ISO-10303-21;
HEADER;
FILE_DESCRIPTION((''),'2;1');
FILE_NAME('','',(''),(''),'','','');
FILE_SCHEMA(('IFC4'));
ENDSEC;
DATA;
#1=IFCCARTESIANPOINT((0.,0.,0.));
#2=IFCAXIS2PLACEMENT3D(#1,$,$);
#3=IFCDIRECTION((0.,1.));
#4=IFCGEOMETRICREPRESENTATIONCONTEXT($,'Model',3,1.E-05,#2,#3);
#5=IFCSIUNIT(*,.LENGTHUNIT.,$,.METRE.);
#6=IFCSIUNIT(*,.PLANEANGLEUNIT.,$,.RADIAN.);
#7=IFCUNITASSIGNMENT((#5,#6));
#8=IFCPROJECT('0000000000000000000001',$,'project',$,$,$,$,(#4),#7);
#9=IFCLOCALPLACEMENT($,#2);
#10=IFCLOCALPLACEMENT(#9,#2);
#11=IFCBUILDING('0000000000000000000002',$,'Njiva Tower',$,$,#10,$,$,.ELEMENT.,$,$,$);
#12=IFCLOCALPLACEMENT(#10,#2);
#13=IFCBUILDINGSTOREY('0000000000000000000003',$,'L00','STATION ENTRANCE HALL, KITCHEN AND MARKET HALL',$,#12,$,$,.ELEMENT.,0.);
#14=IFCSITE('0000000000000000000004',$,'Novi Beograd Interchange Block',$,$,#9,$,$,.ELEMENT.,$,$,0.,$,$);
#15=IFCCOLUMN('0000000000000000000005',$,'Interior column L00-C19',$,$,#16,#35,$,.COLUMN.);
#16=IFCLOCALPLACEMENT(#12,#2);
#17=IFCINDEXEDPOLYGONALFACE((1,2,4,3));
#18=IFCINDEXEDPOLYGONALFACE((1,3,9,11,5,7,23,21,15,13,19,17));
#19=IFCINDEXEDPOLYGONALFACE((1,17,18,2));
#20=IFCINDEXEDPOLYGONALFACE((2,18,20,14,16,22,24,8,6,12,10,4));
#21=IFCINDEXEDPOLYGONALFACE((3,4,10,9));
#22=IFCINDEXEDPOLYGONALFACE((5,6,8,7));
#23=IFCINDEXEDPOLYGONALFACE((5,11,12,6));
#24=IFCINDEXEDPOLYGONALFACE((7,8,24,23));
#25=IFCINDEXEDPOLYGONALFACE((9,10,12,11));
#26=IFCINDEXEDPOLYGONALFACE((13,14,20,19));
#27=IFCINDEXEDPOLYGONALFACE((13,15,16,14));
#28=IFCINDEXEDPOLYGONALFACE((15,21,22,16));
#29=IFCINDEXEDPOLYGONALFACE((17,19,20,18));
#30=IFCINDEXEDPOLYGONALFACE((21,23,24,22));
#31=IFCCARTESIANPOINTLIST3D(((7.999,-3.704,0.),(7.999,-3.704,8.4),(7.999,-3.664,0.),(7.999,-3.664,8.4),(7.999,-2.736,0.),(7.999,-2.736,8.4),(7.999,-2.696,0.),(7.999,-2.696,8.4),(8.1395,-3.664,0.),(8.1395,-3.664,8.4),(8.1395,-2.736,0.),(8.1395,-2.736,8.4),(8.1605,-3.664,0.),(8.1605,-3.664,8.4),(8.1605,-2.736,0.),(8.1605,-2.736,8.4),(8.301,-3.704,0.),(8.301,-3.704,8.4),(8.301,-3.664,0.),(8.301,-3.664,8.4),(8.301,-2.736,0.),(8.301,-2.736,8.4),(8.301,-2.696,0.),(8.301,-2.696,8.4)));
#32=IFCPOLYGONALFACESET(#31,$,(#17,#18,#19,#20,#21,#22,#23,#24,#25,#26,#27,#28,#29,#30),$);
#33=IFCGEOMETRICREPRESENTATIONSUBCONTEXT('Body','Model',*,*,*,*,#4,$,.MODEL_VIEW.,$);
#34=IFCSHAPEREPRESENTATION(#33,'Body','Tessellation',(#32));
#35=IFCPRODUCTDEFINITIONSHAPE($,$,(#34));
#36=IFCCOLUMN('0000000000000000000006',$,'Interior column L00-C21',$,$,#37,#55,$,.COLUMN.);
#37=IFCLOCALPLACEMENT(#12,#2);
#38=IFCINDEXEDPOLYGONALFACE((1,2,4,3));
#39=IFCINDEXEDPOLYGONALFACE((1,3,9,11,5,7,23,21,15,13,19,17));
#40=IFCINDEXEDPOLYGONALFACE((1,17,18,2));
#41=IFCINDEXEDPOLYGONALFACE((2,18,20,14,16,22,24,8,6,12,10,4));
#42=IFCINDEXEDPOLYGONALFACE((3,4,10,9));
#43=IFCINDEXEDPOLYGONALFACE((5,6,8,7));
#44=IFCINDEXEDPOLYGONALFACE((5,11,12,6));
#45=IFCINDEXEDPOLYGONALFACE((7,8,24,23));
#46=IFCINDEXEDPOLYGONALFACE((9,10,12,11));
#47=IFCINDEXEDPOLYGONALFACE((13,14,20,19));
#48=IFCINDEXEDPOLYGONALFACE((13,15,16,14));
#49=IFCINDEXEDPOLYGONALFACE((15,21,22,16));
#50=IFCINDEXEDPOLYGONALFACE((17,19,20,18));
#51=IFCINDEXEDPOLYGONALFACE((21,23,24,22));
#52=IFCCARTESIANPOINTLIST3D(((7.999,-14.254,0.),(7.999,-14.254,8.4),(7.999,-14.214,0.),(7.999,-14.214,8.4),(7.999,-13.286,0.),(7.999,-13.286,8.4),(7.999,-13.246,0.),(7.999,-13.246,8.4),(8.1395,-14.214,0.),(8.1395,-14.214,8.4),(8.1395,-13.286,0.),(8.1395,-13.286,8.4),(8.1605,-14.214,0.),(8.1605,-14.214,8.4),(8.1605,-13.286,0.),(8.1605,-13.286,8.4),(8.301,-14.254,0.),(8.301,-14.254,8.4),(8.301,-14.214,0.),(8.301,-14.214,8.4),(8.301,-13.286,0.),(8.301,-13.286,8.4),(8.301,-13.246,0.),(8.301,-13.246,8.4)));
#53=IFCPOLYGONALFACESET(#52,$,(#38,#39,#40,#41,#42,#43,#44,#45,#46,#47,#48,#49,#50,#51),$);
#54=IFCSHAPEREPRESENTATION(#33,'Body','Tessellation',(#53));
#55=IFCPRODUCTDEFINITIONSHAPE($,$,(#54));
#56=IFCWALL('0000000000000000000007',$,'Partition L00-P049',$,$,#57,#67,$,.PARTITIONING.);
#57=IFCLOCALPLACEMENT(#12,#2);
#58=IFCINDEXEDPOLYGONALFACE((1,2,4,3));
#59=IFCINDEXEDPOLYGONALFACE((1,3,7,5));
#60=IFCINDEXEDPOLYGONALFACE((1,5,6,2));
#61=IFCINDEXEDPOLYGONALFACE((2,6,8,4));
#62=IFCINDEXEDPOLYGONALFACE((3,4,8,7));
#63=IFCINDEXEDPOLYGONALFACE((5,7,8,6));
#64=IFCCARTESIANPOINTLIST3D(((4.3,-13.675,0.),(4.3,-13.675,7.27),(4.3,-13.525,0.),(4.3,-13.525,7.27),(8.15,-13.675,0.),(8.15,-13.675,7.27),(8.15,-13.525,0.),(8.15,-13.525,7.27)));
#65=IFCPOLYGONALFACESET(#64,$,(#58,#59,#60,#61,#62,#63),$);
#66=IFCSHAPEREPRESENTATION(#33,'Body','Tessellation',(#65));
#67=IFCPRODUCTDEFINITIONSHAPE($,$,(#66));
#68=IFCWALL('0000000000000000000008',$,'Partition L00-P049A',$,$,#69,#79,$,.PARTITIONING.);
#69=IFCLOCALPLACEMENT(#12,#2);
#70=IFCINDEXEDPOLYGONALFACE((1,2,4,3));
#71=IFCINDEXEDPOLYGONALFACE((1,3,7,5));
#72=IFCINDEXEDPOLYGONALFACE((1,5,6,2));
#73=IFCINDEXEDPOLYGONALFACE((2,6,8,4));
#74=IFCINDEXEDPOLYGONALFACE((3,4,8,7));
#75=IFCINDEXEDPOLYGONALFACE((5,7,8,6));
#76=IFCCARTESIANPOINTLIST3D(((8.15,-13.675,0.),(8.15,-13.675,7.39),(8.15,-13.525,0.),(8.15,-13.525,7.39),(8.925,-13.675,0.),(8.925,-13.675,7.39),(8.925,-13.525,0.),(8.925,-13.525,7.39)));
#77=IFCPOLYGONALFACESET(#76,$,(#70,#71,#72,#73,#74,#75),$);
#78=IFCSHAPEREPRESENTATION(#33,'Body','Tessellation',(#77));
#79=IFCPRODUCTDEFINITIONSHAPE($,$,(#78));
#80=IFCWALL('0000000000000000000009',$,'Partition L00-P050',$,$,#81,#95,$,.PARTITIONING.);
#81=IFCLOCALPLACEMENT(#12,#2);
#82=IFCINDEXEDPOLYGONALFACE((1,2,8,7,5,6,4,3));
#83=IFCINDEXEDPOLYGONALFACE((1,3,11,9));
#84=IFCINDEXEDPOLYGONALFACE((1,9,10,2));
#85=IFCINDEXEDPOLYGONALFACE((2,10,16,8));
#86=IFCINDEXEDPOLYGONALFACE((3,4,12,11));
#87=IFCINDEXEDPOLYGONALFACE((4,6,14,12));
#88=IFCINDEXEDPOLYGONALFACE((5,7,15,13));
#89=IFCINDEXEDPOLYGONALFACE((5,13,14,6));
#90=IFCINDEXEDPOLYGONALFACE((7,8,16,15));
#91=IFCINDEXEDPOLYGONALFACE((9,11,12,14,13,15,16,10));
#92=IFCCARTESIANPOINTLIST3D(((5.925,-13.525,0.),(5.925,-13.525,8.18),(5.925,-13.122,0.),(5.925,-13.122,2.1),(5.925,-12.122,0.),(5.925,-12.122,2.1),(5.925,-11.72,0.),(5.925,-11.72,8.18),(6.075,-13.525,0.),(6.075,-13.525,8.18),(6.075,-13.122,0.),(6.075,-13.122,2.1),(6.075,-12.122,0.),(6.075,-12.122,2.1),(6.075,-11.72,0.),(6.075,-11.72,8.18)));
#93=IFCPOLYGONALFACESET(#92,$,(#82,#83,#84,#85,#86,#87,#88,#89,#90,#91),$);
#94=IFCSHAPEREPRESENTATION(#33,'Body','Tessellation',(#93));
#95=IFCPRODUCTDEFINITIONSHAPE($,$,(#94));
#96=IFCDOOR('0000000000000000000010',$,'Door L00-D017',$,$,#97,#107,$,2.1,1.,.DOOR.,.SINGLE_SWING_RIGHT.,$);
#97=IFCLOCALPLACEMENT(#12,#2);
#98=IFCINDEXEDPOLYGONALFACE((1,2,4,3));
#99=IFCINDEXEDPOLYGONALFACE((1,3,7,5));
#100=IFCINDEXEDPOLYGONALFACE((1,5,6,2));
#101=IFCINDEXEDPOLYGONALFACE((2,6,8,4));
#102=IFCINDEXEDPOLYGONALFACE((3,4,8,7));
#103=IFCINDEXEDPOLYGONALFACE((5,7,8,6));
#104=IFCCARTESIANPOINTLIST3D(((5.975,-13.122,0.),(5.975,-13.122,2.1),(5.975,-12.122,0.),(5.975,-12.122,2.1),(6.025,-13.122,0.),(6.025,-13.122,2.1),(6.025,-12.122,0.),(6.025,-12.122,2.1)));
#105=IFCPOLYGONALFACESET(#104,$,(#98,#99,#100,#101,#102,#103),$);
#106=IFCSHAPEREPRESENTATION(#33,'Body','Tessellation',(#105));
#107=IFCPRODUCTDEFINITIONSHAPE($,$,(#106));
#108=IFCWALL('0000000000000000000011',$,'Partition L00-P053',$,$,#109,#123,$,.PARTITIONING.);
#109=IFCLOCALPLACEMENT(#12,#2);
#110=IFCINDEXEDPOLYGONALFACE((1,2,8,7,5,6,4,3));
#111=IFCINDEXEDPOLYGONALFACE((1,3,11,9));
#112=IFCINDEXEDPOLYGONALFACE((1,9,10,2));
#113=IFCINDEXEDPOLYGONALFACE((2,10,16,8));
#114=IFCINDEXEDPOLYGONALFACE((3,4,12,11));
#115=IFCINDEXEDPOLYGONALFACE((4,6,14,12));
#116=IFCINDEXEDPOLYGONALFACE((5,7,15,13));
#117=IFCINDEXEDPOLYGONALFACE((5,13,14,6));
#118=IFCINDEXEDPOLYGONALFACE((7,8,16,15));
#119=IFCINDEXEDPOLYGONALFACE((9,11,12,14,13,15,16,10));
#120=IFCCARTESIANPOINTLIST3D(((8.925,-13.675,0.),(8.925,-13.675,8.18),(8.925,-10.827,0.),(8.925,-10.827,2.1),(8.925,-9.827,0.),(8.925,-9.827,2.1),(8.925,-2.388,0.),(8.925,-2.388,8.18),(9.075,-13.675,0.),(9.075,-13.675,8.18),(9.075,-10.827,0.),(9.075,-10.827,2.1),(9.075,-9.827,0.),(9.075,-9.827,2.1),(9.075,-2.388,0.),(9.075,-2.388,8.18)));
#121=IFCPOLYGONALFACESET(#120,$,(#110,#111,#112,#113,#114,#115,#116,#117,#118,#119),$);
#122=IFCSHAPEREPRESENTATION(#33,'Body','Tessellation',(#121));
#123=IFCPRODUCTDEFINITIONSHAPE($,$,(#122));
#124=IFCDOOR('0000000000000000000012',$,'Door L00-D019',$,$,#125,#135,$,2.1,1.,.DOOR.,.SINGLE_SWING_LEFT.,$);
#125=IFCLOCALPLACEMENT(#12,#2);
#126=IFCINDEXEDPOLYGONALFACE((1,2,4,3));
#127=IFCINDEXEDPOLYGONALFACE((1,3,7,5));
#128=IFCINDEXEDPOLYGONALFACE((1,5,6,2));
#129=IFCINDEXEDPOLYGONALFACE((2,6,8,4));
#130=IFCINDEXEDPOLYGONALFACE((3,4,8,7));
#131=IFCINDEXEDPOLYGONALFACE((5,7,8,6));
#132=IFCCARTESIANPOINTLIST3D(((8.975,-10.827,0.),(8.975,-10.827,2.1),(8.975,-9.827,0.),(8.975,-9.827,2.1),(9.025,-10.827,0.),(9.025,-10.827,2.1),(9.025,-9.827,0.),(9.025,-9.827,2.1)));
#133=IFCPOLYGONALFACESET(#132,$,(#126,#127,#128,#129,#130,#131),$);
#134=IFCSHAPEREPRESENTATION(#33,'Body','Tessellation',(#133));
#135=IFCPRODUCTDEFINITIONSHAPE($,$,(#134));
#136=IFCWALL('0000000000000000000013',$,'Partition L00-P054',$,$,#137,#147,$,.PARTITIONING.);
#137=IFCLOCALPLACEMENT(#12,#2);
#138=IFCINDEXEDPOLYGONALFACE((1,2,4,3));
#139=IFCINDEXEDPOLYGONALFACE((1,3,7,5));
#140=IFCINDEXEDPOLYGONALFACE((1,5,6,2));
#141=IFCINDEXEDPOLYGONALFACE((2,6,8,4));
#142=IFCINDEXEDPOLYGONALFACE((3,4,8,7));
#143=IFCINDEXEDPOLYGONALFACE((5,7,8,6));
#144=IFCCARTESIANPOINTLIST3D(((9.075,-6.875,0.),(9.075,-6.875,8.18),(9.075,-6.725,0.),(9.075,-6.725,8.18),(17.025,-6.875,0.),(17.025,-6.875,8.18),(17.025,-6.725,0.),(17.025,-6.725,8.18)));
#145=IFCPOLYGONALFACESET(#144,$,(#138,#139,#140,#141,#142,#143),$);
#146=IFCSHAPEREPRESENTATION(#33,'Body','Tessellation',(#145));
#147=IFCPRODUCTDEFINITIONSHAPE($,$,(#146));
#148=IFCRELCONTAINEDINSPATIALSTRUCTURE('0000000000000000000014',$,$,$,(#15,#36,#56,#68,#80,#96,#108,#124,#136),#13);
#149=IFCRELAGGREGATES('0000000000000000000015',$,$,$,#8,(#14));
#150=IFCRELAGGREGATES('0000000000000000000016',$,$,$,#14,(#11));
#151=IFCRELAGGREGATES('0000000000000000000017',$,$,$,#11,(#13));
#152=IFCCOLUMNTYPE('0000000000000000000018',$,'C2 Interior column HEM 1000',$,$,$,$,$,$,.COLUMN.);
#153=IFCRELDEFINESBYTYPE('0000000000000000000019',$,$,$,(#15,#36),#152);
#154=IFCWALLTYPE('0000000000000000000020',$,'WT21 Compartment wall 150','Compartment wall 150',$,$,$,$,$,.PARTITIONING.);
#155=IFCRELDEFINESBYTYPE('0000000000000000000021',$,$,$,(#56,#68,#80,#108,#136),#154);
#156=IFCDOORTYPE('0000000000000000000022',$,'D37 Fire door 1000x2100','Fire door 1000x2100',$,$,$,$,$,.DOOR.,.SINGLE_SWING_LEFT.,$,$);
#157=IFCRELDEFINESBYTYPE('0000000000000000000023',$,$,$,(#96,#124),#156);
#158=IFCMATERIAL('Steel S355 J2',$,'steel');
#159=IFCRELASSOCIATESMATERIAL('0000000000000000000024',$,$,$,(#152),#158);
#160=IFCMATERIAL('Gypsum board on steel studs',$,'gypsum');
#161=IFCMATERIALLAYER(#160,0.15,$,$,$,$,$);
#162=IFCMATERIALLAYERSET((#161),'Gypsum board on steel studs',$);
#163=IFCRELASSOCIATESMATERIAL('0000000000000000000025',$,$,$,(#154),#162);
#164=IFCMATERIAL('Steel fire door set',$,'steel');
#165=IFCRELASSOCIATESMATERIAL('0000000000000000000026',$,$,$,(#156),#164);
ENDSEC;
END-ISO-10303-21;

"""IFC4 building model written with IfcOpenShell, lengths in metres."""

from ifc_helpers import new_model, si_unit, direction, frame, frame_2d, origin, origin_2d, place, context, subcontext, project, spatial, rectangle, i_section, extrude, material, layer, layer_set, material_profile, profile_set, type_object, element, fill, save


model = new_model("IFC4")

# Units and contexts
model_context = context("Model", 3, precision=1e-05, world=origin(), true_north=direction((0.0, 1.0)))
body_context = subcontext(model_context, "Body", "Model", "MODEL_VIEW")
ifc_project = project(units=[si_unit("LENGTHUNIT", "METRE"), si_unit("PLANEANGLEUNIT", "RADIAN")], contexts=[model_context])

# Site, building, storey
site_placement = place(None, origin())
site = spatial("IfcSite", under=ifc_project, at=site_placement, Name="Novi Beograd Interchange Block", CompositionType="ELEMENT", RefElevation=0.0)
building_placement = place(site_placement, origin())
building = spatial("IfcBuilding", under=site, at=building_placement, Name="Njiva Tower", CompositionType="ELEMENT")
storey_placement = place(building_placement, origin())
storey = spatial("IfcBuildingStorey", under=building, at=storey_placement, Name="L00", Description="STATION ENTRANCE HALL, KITCHEN AND MARKET HALL", CompositionType="ELEMENT", Elevation=0.0)

# Columns
ifc_material_1 = material(Name="Steel S355 J2", Category="steel")
ifc_material_profile = material_profile(ifc_material_1, i_section(OverallWidth=0.302, OverallDepth=1.008, WebThickness=0.021, FlangeThickness=0.04, at=origin_2d()), Name="HEM 1000")
ifc_profile_set = profile_set([ifc_material_profile], Name="Steel S355 J2")
column_type = type_object("IfcColumnType", Name="C2 Interior column HEM 1000", PredefinedType="COLUMN", material=ifc_profile_set)
for number, where, z_axis, x_axis, name in (
    (1, (8.15, -3.2, 0.0), (0.0, 0.0, 1.0), (1.0, 0.0, 0.0), "Interior column L00-C19"),
    (2, (8.15, -13.75, 0.0), (0.0, 0.0, 1.0), (1.0, 0.0, 0.0), "Interior column L00-C21"),
):
    element("IfcColumn", number, at=place(storey_placement, frame(where, z_axis=z_axis, x_axis=x_axis)), inside=storey, type_object=column_type, Name=name, PredefinedType="COLUMN", context=body_context, shape_type="SweptSolid", body=[
        extrude(i_section(OverallWidth=0.302, OverallDepth=1.008, WebThickness=0.021, FlangeThickness=0.04, at=origin_2d()), origin(), (0.0, 0.0, 1.0), 8.4),
    ])

# Walls
ifc_material_2 = material(Name="Gypsum board on steel studs", Category="gypsum")
ifc_layer_1 = layer(ifc_material_2, 0.15)
ifc_layer_set_1 = layer_set([ifc_layer_1], Name="Gypsum board on steel studs")
wall_type_1 = type_object("IfcWallType", Name="WT21 Compartment wall 150", Description="Compartment wall 150", PredefinedType="PARTITIONING", material=ifc_layer_set_1)
wall_1_placement = place(storey_placement, frame((4.3, -13.6, 0.0), z_axis=(0.0, 0.0, 1.0), x_axis=(1.0, 0.0, 0.0)))
element("IfcWall", 3, at=wall_1_placement, inside=storey, type_object=wall_type_1, Name="Partition L00-P049", PredefinedType="PARTITIONING", context=body_context, shape_type="SweptSolid", body=[
    extrude(rectangle(XDim=3.85, YDim=0.15, at=frame_2d((1.925, 0.0))), origin(), (0.0, 0.0, 1.0), 7.27),
])
wall_2_placement = place(storey_placement, frame((8.15, -13.6, 0.0), z_axis=(0.0, 0.0, 1.0), x_axis=(1.0, 0.0, 0.0)))
element("IfcWall", 4, at=wall_2_placement, inside=storey, type_object=wall_type_1, Name="Partition L00-P049A", PredefinedType="PARTITIONING", context=body_context, shape_type="SweptSolid", body=[
    extrude(rectangle(XDim=0.775, YDim=0.15, at=frame_2d((0.3875, 0.0))), origin(), (0.0, 0.0, 1.0), 7.39),
])

# Walls, openings, doors
wall_3_placement = place(storey_placement, frame((6.0, -13.525, 0.0), z_axis=(0.0, 0.0, 1.0), x_axis=(0.0, 1.0, 0.0)))
wall_3 = element("IfcWall", 5, at=wall_3_placement, inside=storey, type_object=wall_type_1, Name="Partition L00-P050", PredefinedType="PARTITIONING", context=body_context, shape_type="SweptSolid", body=[
    extrude(rectangle(XDim=1.805, YDim=0.15, at=frame_2d((0.9025, 0.0))), origin(), (0.0, 0.0, 1.0), 8.18),
])
opening_1_placement = place(wall_3_placement, frame((0.403, 0.0, 0.0)))
opening_1 = element("IfcOpeningElement", 6, at=opening_1_placement, cuts=wall_3, PredefinedType="OPENING", context=body_context, shape_type="SweptSolid", body=[
    extrude(rectangle(XDim=1.0, YDim=2.1, at=frame_2d((0.5, 1.05))), frame((0.0, 0.085, 0.0), z_axis=(0.0, -1.0, 0.0), x_axis=(1.0, 0.0, 0.0)), (0.0, 0.0, 1.0), 0.17),
])
ifc_material_3 = material(Name="Steel fire door set", Category="steel")
door_type_1 = type_object("IfcDoorType", Name="D37 Fire door 1000x2100", Description="Fire door 1000x2100", OperationType="SINGLE_SWING_LEFT", PredefinedType="DOOR", material=ifc_material_3)
door_1_placement = place(opening_1_placement, origin())
door_1 = element("IfcDoor", 7, at=door_1_placement, inside=storey, type_object=door_type_1, Name="Door L00-D017", OperationType="SINGLE_SWING_RIGHT", OverallHeight=2.1, OverallWidth=1.0, PredefinedType="DOOR", context=body_context, shape_type="SweptSolid", body=[
    extrude(rectangle(XDim=1.0, YDim=2.1, at=frame_2d((0.5, 1.05))), frame((0.0, 0.025, 0.0), z_axis=(0.0, -1.0, 0.0), x_axis=(1.0, 0.0, 0.0)), (0.0, 0.0, 1.0), 0.05),
])
fill(opening_1, door_1)
wall_4_placement = place(storey_placement, frame((9.0, -13.675, 0.0), z_axis=(0.0, 0.0, 1.0), x_axis=(0.0, 1.0, 0.0)))
wall_4 = element("IfcWall", 8, at=wall_4_placement, inside=storey, type_object=wall_type_1, Name="Partition L00-P053", PredefinedType="PARTITIONING", context=body_context, shape_type="SweptSolid", body=[
    extrude(rectangle(XDim=11.287, YDim=0.15, at=frame_2d((5.6435, 0.0))), origin(), (0.0, 0.0, 1.0), 8.18),
])
opening_2_placement = place(wall_4_placement, frame((2.848, 0.0, 0.0)))
opening_2 = element("IfcOpeningElement", 9, at=opening_2_placement, cuts=wall_4, PredefinedType="OPENING", context=body_context, shape_type="SweptSolid", body=[
    extrude(rectangle(XDim=1.0, YDim=2.1, at=frame_2d((0.5, 1.05))), frame((0.0, 0.085, 0.0), z_axis=(0.0, -1.0, 0.0), x_axis=(1.0, 0.0, 0.0)), (0.0, 0.0, 1.0), 0.17),
])
door_2_placement = place(opening_2_placement, origin())
door_2 = element("IfcDoor", 10, at=door_2_placement, inside=storey, type_object=door_type_1, Name="Door L00-D019", OperationType="SINGLE_SWING_LEFT", OverallHeight=2.1, OverallWidth=1.0, PredefinedType="DOOR", context=body_context, shape_type="SweptSolid", body=[
    extrude(rectangle(XDim=1.0, YDim=2.1, at=frame_2d((0.5, 1.05))), frame((0.0, 0.025, 0.0), z_axis=(0.0, -1.0, 0.0), x_axis=(1.0, 0.0, 0.0)), (0.0, 0.0, 1.0), 0.05),
])
fill(opening_2, door_2)

# Wall
wall_5_placement = place(storey_placement, frame((9.075, -6.8, 0.0), z_axis=(0.0, 0.0, 1.0), x_axis=(1.0, 0.0, 0.0)))
element("IfcWall", 11, at=wall_5_placement, inside=storey, type_object=wall_type_1, Name="Partition L00-P054", PredefinedType="PARTITIONING", context=body_context, shape_type="SweptSolid", body=[
    extrude(rectangle(XDim=7.95, YDim=0.15, at=frame_2d((3.975, 0.0))), origin(), (0.0, 0.0, 1.0), 8.18),
])

save(model, "model.ifc")
